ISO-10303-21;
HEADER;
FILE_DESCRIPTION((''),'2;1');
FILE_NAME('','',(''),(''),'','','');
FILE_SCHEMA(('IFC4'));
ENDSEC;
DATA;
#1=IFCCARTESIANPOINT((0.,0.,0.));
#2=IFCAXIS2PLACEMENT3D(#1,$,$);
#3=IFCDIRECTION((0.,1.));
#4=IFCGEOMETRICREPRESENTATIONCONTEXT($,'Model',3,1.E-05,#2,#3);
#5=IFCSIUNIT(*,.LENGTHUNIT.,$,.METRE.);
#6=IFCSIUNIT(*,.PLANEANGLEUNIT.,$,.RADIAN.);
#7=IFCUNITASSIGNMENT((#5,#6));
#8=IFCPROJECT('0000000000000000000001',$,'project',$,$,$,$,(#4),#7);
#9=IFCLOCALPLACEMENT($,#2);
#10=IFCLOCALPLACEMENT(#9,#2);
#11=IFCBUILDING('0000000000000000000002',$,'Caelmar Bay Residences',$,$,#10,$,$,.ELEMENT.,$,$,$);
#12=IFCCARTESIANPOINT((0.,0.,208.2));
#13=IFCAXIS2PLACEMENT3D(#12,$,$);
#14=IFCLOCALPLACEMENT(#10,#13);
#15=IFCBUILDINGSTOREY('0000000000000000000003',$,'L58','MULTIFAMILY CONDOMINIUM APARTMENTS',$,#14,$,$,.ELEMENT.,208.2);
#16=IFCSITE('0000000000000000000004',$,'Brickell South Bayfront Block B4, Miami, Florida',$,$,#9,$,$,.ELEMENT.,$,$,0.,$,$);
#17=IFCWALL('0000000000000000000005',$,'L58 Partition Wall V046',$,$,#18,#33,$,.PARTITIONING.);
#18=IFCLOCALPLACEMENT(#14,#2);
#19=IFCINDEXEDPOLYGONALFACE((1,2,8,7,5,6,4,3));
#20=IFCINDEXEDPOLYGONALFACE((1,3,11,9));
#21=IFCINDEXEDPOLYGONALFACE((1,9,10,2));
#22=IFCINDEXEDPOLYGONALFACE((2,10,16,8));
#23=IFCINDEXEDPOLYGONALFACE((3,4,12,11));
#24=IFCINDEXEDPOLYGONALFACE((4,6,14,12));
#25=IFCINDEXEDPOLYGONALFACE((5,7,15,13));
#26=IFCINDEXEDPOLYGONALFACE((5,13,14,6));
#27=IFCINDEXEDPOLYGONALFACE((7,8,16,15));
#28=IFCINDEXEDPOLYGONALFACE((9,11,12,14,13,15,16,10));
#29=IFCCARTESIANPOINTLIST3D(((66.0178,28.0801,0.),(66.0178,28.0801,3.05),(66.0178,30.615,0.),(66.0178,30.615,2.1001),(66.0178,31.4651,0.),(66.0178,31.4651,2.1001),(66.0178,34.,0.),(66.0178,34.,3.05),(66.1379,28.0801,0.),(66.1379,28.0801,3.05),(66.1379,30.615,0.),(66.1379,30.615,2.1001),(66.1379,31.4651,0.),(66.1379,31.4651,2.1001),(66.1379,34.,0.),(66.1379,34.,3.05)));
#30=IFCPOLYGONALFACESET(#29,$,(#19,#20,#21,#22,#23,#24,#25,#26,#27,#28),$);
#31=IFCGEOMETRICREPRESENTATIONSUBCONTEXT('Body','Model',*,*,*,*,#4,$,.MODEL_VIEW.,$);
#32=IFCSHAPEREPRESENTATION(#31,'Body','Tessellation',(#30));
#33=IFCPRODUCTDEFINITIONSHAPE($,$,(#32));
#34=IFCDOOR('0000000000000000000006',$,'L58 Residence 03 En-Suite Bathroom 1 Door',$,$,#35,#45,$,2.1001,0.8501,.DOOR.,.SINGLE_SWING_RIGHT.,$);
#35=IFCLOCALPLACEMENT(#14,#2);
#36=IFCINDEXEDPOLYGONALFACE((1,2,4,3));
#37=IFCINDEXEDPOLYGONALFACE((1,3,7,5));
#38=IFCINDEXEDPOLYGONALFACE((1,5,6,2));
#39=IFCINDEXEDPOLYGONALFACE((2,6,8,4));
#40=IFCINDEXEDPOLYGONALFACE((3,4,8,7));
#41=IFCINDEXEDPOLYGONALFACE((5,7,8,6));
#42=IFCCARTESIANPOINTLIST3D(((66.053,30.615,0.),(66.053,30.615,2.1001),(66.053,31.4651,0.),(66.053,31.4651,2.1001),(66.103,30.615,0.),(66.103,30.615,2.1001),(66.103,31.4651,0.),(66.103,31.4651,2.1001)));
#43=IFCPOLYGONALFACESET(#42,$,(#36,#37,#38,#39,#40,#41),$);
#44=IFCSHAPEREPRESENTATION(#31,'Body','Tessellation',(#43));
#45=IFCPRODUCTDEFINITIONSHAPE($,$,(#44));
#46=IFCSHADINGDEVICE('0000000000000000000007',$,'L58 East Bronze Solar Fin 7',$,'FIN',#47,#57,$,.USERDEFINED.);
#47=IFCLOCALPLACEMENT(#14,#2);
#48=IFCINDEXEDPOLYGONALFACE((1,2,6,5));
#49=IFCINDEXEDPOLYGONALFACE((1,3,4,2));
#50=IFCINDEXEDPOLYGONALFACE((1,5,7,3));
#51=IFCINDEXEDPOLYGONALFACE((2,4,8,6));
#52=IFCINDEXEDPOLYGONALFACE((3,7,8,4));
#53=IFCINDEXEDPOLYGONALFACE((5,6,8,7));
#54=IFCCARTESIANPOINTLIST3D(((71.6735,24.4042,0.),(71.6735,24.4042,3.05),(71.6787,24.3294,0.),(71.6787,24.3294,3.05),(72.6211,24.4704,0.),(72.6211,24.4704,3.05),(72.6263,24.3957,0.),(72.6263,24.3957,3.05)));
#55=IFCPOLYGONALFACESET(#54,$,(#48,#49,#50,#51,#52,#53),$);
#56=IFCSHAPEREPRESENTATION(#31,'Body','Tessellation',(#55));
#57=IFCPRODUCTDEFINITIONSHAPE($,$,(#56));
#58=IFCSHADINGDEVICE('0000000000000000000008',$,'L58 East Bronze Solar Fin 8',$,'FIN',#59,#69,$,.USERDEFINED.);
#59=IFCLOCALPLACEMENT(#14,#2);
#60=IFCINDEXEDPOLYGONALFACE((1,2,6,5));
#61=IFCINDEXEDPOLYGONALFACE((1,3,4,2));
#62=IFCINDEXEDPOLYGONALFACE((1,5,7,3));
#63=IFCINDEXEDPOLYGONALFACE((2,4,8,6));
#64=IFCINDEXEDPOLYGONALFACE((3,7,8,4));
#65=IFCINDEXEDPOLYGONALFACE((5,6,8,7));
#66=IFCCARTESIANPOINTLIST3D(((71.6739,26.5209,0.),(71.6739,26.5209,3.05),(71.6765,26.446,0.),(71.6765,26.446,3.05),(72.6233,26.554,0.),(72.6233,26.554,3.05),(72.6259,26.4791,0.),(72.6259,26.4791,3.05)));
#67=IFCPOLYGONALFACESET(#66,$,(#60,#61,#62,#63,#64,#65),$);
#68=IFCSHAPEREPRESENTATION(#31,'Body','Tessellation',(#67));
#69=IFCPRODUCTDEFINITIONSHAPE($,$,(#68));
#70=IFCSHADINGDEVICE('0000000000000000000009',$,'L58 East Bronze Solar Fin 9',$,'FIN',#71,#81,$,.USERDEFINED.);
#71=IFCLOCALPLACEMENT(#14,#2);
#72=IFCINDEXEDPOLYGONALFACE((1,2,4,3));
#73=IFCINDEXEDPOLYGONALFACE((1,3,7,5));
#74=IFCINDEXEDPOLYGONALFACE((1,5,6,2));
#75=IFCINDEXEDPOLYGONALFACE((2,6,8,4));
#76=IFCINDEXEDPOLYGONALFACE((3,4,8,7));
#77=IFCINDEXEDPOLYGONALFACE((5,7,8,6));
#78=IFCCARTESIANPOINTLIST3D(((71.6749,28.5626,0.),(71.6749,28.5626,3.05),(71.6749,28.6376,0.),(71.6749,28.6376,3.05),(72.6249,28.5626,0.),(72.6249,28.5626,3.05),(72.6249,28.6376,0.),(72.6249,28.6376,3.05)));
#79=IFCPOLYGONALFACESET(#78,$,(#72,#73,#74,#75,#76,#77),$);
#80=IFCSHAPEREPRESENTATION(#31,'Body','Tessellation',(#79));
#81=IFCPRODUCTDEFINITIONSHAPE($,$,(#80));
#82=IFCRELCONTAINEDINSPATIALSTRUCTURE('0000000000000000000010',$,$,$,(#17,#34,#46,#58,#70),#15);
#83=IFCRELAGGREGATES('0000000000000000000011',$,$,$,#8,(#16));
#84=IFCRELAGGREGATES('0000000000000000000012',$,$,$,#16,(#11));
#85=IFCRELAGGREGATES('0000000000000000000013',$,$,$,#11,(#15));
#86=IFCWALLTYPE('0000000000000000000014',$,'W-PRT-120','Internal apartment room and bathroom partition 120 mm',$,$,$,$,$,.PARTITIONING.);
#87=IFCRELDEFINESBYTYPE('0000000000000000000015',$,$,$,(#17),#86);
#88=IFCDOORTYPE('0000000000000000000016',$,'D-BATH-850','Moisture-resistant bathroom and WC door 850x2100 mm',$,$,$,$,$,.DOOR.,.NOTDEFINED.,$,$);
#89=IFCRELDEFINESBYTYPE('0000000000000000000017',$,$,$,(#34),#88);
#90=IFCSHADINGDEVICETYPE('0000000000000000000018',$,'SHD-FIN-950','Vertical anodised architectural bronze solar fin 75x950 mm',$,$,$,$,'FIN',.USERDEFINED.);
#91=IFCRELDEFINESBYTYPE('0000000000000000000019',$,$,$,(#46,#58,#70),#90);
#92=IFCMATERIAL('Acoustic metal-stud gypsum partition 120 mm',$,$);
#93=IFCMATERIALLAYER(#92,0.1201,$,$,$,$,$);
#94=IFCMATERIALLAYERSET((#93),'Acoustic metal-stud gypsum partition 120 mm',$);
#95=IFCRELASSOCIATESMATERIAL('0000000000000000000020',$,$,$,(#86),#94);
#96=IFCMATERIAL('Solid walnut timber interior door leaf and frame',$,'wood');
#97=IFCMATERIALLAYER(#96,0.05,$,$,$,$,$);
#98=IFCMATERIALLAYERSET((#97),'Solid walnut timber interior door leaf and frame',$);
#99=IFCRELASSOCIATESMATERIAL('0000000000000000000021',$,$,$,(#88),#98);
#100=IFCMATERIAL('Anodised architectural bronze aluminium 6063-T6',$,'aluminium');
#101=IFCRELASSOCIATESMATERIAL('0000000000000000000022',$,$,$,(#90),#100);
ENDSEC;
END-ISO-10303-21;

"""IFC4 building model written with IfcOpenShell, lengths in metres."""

from ifc_helpers import new_model, si_unit, direction, frame, frame_2d, origin, origin_2d, place, context, subcontext, project, spatial, rectangle, extrude, material, layer, layer_set, material_profile, profile_set, type_object, element, fill, save


model = new_model("IFC4")

# Units and contexts
model_context = context("Model", 3, precision=1e-05, world=origin(), true_north=direction((0.0, 1.0)))
body_context = subcontext(model_context, "Body", "Model", "MODEL_VIEW")
ifc_project = project(units=[si_unit("LENGTHUNIT", "METRE"), si_unit("PLANEANGLEUNIT", "RADIAN")], contexts=[model_context])

# Site, building, storey
site_placement = place(None, origin())
site = spatial("IfcSite", under=ifc_project, at=site_placement, Name="Brickell South Bayfront Block B4, Miami, Florida", CompositionType="ELEMENT", RefElevation=0.0)
building_placement = place(site_placement, origin())
building = spatial("IfcBuilding", under=site, at=building_placement, Name="Caelmar Bay Residences", CompositionType="ELEMENT")
storey_placement = place(building_placement, frame((0.0, 0.0, 208.2)))
storey = spatial("IfcBuildingStorey", under=building, at=storey_placement, Name="L58", Description="MULTIFAMILY CONDOMINIUM APARTMENTS", CompositionType="ELEMENT", Elevation=208.2)

# Wall, opening, door
ifc_material_1 = material(Name="Acoustic metal-stud gypsum partition 120 mm")
ifc_layer_1 = layer(ifc_material_1, 0.1201)
ifc_layer_set_1 = layer_set([ifc_layer_1], Name="Acoustic metal-stud gypsum partition 120 mm")
wall_type = type_object("IfcWallType", Name="W-PRT-120", Description="Internal apartment room and bathroom partition 120 mm", PredefinedType="PARTITIONING", material=ifc_layer_set_1)
wall_placement = place(storey_placement, frame((66.0779, 28.0801, 0.0), z_axis=(0.0, 0.0, 1.0), x_axis=(0.0, 1.0, 0.0)))
wall = element("IfcWall", 1, at=wall_placement, inside=storey, type_object=wall_type, Name="L58 Partition Wall V046", PredefinedType="PARTITIONING", context=body_context, shape_type="SweptSolid", body=[
    extrude(rectangle(XDim=5.9199, YDim=0.1201, at=frame_2d((2.96, 0.0))), origin(), (0.0, 0.0, 1.0), 3.05),
])
opening_placement = place(wall_placement, frame((2.5349, 0.0, 0.0)))
opening = element("IfcOpeningElement", 2, at=opening_placement, cuts=wall, PredefinedType="OPENING", context=body_context, shape_type="SweptSolid", body=[
    extrude(rectangle(XDim=0.8501, YDim=2.1001, at=frame_2d((0.425, 1.05))), frame((0.0, 0.0701, 0.0), z_axis=(0.0, -1.0, 0.0), x_axis=(1.0, 0.0, 0.0)), (0.0, 0.0, 1.0), 0.1401),
])
ifc_material_2 = material(Name="Solid walnut timber interior door leaf and frame", Category="wood")
ifc_layer_2 = layer(ifc_material_2, 0.05)
ifc_layer_set_2 = layer_set([ifc_layer_2], Name="Solid walnut timber interior door leaf and frame")
door_type = type_object("IfcDoorType", Name="D-BATH-850", Description="Moisture-resistant bathroom and WC door 850x2100 mm", OperationType="NOTDEFINED", PredefinedType="DOOR", material=ifc_layer_set_2)
door_placement = place(opening_placement, origin())
door = element("IfcDoor", 3, at=door_placement, inside=storey, type_object=door_type, Name="L58 Residence 03 En-Suite Bathroom 1 Door", OperationType="SINGLE_SWING_RIGHT", OverallHeight=2.1001, OverallWidth=0.8501, PredefinedType="DOOR", context=body_context, shape_type="SweptSolid", body=[
    extrude(rectangle(XDim=0.8501, YDim=2.1001, at=frame_2d((0.425, 1.05))), frame((0.0, 0.0249, 0.0), z_axis=(0.0, -1.0, 0.0), x_axis=(1.0, 0.0, 0.0)), (0.0, 0.0, 1.0), 0.05),
])
fill(opening, door)

# Shading devices
ifc_material_3 = material(Name="Anodised architectural bronze aluminium 6063-T6", Category="aluminium")
ifc_material_profile_1 = material_profile(ifc_material_3, rectangle(XDim=0.075, YDim=0.95, at=origin_2d()), Name="BRONZE-FIN-75X950")
ifc_profile_set_1 = profile_set([ifc_material_profile_1], Name="Anodised architectural bronze aluminium 6063-T6")
shading_device_type = type_object("IfcShadingDeviceType", Name="SHD-FIN-950", Description="Vertical anodised architectural bronze solar fin 75x950 mm", ElementType="FIN", PredefinedType="USERDEFINED", material=ifc_profile_set_1)
for number, where, z_axis, x_axis, name in (
    (4, (72.1499, 24.3999, 0.0), (0.0, 0.0, 1.0), (-0.069756, 0.997564, 0.0), "L58 East Bronze Solar Fin 7"),
    (5, (72.1499, 26.5, 0.0), (0.0, 0.0, 1.0), (-0.034899, 0.999391, 0.0), "L58 East Bronze Solar Fin 8"),
    (6, (72.1499, 28.6001, 0.0), (0.0, 0.0, 1.0), (0.0, 1.0, 0.0), "L58 East Bronze Solar Fin 9"),
):
    element("IfcShadingDevice", number, at=place(storey_placement, frame(where, z_axis=z_axis, x_axis=x_axis)), inside=storey, type_object=shading_device_type, Name=name, ObjectType="FIN", PredefinedType="USERDEFINED", context=body_context, shape_type="SweptSolid", body=[
        extrude(rectangle(XDim=0.075, YDim=0.95, at=origin_2d()), origin(), (0.0, 0.0, 1.0), 3.05),
    ])

save(model, "model.ifc")
